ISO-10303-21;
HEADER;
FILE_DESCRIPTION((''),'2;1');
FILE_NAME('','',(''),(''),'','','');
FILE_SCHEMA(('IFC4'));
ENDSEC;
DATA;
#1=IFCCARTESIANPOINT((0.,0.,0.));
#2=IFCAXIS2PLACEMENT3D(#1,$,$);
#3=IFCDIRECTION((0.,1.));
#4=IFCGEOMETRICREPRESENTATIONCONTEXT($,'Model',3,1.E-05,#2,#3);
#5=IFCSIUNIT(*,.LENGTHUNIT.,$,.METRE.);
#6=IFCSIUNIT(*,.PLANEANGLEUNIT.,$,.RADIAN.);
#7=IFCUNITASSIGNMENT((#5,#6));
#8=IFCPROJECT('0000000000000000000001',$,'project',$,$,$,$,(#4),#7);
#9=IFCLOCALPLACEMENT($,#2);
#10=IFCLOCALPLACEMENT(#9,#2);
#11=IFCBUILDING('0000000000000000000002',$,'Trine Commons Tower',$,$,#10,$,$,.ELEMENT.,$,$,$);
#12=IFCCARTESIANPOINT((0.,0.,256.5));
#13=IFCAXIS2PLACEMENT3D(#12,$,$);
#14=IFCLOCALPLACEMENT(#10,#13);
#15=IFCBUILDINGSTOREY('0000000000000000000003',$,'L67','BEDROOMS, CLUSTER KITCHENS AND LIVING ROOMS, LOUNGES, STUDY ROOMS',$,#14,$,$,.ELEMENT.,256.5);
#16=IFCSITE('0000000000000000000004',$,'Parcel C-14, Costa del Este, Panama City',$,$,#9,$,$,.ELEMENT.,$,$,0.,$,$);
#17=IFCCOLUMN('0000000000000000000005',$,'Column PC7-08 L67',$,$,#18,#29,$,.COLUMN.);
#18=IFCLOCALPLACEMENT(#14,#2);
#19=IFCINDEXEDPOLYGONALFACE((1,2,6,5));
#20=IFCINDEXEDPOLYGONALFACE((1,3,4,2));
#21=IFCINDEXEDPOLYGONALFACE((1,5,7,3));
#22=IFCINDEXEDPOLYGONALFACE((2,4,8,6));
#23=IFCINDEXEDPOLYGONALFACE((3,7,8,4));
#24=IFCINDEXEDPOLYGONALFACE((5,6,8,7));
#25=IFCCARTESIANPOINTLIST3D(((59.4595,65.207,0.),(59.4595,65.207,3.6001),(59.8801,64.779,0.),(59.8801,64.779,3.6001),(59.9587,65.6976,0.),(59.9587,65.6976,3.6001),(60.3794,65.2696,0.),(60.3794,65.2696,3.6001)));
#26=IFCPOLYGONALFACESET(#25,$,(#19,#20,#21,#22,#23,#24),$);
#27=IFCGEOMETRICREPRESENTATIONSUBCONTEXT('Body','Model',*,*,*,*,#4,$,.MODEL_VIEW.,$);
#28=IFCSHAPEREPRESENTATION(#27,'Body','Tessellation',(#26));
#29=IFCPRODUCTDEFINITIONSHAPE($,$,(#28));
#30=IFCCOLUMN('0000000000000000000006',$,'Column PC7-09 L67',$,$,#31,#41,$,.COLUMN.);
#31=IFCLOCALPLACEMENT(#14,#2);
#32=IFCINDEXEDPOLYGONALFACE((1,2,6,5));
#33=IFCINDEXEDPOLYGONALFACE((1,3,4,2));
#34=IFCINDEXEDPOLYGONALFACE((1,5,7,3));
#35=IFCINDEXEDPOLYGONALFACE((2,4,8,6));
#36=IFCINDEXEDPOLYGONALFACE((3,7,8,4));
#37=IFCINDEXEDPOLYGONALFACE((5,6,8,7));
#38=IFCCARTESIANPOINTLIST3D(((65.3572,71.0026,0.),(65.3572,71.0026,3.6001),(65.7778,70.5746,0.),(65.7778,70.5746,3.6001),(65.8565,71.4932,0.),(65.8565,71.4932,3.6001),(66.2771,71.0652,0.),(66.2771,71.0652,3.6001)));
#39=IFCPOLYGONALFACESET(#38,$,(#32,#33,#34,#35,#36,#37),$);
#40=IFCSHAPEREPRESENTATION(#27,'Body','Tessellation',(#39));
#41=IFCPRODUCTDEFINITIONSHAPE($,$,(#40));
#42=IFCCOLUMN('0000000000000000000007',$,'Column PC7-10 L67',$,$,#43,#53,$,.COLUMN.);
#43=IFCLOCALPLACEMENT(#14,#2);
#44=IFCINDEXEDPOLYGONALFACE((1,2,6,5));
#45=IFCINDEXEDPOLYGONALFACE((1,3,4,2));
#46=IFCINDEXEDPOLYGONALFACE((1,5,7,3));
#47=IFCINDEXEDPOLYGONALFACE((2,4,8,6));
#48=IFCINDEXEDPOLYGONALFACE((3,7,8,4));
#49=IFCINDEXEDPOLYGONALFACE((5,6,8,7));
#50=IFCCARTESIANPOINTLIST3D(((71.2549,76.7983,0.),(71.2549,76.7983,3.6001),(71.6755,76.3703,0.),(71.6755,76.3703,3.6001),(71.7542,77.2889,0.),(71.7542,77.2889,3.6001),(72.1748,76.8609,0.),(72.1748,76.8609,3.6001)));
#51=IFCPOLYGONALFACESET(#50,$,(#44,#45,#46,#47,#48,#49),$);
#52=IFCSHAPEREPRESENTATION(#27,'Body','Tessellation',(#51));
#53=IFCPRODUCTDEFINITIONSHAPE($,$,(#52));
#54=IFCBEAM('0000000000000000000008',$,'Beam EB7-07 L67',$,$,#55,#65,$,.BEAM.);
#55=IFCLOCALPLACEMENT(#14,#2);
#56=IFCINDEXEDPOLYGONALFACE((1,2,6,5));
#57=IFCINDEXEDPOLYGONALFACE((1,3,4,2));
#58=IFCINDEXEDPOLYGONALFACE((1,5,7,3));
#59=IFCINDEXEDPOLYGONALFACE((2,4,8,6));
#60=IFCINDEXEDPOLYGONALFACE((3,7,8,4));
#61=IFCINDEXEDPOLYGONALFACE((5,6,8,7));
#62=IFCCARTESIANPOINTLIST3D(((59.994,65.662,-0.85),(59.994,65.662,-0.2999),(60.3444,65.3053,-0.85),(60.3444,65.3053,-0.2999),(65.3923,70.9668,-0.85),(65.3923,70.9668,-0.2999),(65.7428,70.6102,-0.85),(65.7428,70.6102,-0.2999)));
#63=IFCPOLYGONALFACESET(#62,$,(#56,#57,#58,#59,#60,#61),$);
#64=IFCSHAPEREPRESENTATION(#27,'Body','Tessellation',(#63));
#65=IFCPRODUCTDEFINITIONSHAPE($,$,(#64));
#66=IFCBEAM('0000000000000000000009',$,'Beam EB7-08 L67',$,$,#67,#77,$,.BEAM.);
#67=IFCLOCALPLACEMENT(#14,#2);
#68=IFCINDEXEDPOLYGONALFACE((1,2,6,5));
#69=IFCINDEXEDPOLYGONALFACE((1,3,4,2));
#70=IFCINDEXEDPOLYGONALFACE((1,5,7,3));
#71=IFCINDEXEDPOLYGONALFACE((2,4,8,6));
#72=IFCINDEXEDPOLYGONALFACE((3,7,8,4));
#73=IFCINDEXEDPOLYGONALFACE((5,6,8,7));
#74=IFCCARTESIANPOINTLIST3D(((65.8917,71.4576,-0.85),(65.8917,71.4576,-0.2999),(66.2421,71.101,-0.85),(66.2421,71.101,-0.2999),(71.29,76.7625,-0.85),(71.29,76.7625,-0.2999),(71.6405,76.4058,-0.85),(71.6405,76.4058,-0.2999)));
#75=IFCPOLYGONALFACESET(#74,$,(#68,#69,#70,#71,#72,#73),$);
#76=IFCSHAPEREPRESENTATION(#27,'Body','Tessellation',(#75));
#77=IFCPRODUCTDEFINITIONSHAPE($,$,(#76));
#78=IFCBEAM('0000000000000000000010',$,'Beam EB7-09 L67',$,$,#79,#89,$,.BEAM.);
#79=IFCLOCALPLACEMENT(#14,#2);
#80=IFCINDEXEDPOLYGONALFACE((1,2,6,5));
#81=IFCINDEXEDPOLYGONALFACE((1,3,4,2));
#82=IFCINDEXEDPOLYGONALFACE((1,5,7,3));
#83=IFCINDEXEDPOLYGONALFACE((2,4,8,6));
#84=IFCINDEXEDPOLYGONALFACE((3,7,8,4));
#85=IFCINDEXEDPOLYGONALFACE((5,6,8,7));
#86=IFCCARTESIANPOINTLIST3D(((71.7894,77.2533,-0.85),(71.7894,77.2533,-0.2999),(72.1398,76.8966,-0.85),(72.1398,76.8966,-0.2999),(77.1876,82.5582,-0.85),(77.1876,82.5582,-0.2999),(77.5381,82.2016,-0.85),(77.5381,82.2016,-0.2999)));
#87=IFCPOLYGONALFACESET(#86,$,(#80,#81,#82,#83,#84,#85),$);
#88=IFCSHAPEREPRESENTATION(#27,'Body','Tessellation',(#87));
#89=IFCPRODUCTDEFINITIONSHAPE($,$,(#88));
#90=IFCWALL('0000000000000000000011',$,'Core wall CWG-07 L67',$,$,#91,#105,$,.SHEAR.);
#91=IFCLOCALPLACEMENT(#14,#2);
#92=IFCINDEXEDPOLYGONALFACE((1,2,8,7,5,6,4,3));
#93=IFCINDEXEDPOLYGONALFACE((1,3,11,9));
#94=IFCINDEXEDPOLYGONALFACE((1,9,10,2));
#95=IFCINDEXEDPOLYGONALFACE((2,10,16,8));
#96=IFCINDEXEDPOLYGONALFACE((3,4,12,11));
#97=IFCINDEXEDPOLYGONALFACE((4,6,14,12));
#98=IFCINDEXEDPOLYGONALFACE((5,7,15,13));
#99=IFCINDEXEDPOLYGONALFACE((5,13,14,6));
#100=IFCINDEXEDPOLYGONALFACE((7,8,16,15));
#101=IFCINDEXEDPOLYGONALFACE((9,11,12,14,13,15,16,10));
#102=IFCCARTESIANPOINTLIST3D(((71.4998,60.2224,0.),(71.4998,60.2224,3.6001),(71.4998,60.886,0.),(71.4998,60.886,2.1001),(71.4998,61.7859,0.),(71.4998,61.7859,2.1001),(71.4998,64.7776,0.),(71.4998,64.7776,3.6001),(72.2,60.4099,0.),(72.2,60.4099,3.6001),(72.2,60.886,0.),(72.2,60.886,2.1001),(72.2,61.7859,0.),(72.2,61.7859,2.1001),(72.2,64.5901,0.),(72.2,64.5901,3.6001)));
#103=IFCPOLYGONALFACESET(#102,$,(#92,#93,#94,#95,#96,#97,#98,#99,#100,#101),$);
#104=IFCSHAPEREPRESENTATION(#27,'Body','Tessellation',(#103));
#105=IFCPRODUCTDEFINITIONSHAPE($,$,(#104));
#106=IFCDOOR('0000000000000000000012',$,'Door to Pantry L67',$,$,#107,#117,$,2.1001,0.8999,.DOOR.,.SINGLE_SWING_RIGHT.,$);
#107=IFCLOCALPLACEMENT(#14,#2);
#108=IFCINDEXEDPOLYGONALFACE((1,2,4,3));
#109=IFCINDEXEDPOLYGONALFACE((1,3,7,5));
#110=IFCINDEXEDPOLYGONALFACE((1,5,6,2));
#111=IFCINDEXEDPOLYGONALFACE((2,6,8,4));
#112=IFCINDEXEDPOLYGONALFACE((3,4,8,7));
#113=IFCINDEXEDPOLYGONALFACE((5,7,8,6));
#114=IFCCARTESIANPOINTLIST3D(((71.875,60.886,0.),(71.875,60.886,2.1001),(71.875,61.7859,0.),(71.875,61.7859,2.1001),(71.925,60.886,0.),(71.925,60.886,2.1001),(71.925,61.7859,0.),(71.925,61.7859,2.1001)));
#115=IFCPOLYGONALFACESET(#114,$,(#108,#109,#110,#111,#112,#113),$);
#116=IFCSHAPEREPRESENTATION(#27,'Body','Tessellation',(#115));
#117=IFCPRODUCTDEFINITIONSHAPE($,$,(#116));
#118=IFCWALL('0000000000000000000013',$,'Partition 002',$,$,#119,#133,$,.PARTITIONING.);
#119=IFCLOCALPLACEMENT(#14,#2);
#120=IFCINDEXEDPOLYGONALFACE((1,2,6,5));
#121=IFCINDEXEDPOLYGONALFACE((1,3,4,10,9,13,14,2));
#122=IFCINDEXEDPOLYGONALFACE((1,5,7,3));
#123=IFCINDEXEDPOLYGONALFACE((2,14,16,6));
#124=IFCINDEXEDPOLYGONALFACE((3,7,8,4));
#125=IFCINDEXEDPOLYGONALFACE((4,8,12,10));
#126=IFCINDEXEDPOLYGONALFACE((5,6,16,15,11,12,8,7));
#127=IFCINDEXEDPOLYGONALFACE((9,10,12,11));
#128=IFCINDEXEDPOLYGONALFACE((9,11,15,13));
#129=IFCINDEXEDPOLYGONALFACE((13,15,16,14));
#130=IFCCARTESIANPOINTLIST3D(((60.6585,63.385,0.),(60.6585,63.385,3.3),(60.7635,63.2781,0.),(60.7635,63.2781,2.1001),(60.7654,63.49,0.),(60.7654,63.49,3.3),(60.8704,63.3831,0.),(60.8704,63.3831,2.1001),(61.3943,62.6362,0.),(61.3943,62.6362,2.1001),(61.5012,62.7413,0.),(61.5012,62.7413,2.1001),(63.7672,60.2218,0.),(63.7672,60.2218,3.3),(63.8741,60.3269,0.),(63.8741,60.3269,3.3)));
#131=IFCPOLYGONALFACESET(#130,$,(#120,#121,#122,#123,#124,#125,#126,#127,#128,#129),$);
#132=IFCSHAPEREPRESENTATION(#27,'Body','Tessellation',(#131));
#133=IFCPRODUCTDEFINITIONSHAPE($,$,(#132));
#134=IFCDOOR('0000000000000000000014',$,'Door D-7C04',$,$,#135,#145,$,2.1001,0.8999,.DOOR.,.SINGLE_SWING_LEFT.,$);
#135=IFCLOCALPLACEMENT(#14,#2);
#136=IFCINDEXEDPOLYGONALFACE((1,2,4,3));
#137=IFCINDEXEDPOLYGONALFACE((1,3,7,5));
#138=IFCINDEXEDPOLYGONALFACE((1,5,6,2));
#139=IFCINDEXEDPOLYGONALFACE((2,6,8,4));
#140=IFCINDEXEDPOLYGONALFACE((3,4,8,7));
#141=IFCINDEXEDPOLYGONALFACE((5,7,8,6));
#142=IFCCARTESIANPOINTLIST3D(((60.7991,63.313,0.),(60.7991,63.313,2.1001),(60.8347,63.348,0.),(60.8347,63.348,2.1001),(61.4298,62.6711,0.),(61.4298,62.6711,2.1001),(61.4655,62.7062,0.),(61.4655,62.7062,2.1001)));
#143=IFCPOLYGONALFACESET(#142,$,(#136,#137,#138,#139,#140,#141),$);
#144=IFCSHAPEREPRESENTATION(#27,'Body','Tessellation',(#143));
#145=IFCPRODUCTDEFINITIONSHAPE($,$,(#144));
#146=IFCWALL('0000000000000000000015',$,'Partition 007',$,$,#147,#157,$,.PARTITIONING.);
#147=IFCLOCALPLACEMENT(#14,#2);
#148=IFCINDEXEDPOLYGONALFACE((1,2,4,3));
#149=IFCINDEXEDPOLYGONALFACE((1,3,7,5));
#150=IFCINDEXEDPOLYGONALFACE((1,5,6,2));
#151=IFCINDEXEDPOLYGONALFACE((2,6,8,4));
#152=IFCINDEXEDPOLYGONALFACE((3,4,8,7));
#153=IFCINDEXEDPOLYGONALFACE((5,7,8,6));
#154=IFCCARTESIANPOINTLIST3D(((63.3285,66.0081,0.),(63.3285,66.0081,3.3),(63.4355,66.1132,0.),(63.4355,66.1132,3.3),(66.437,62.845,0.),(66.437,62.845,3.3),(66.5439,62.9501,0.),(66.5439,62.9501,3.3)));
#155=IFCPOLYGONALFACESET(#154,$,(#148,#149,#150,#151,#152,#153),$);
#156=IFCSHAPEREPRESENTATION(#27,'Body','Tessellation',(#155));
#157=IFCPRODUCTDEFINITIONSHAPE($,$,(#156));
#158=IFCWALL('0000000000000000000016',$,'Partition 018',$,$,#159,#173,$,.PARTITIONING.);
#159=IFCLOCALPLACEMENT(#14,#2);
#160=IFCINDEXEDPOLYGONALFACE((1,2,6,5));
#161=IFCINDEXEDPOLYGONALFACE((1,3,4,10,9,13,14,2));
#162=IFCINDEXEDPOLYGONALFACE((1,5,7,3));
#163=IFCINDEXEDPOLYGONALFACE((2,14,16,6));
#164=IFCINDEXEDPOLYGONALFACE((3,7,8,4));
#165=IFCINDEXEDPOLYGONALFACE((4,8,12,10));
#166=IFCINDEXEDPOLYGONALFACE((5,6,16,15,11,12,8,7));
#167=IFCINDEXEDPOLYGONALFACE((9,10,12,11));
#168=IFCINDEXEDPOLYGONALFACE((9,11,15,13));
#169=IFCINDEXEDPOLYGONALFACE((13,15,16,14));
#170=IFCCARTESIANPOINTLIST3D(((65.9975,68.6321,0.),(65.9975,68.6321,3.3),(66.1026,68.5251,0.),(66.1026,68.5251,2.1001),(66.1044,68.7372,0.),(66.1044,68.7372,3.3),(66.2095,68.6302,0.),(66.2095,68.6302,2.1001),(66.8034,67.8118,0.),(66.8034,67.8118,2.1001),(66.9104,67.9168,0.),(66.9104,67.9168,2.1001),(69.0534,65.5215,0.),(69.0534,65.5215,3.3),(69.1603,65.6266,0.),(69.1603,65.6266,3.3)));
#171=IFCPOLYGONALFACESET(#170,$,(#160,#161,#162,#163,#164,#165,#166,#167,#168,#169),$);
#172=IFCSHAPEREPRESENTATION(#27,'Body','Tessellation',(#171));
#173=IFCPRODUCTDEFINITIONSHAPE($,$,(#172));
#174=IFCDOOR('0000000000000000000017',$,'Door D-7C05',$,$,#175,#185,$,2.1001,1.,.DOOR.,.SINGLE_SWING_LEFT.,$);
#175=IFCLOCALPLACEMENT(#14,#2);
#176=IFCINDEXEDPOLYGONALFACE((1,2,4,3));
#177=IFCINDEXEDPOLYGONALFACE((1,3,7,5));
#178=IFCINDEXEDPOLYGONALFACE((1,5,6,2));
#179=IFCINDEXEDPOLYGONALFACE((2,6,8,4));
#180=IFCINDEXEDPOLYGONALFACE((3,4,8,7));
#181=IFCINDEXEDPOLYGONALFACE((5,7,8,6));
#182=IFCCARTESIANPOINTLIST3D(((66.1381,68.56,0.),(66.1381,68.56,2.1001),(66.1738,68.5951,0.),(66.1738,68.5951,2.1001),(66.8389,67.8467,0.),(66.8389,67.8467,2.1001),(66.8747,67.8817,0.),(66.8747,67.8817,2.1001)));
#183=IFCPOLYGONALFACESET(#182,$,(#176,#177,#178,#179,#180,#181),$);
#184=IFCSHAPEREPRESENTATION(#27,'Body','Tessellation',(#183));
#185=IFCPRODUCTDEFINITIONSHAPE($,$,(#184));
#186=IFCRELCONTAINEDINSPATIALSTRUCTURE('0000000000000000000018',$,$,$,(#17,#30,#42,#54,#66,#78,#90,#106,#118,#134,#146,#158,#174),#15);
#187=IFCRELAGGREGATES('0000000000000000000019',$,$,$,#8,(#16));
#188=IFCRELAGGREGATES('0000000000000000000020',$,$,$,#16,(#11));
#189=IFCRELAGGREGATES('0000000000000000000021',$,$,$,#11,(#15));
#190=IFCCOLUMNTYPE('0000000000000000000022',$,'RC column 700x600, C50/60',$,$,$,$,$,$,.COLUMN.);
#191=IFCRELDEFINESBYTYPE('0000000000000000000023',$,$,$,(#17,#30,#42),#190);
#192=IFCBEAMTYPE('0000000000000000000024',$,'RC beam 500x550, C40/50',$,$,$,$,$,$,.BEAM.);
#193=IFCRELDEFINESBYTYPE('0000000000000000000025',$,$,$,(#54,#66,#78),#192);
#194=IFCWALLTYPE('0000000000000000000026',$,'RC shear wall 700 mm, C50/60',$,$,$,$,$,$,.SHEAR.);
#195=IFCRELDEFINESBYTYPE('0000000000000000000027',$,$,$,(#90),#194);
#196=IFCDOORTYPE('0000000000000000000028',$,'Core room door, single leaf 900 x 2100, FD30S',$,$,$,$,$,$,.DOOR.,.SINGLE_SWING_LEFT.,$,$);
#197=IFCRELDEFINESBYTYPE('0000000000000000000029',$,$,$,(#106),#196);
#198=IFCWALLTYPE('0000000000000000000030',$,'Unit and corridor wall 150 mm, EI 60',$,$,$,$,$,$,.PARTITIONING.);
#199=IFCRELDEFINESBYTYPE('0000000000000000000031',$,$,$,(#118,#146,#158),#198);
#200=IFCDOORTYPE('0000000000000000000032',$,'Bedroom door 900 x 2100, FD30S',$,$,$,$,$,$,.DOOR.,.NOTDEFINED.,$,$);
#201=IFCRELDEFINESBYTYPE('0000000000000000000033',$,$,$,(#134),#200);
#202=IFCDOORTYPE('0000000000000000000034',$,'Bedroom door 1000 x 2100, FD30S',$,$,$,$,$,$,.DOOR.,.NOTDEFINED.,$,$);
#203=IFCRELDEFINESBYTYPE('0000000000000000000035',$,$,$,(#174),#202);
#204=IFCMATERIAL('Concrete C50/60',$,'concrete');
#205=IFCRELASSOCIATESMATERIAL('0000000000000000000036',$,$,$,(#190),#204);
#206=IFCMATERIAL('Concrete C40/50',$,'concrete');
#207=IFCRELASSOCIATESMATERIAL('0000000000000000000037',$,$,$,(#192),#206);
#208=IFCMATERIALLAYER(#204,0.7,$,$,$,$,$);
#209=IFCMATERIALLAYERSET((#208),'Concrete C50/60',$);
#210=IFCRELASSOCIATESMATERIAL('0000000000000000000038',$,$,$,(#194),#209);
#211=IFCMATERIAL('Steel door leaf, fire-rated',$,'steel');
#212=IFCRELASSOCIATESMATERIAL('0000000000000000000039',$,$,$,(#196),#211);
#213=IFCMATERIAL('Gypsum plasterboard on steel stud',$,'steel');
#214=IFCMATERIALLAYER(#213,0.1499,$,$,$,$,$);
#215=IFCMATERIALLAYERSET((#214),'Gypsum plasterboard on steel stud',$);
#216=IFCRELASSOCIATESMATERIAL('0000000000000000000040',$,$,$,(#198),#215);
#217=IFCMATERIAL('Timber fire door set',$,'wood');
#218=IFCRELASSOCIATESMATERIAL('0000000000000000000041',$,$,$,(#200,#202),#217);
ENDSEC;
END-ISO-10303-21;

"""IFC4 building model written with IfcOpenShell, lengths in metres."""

from ifc_helpers import new_model, si_unit, direction, frame, frame_2d, origin, origin_2d, place, context, subcontext, project, spatial, polyline, rectangle, outline, extrude, material, layer, layer_set, material_profile, profile_set, type_object, element, fill, save


model = new_model("IFC4")

# Units and contexts
model_context = context("Model", 3, precision=1e-05, world=origin(), true_north=direction((0.0, 1.0)))
body_context = subcontext(model_context, "Body", "Model", "MODEL_VIEW")
ifc_project = project(units=[si_unit("LENGTHUNIT", "METRE"), si_unit("PLANEANGLEUNIT", "RADIAN")], contexts=[model_context])

# Site, building, storey
site_placement = place(None, origin())
site = spatial("IfcSite", under=ifc_project, at=site_placement, Name="Parcel C-14, Costa del Este, Panama City", CompositionType="ELEMENT", RefElevation=0.0)
building_placement = place(site_placement, origin())
building = spatial("IfcBuilding", under=site, at=building_placement, Name="Trine Commons Tower", CompositionType="ELEMENT")
storey_placement = place(building_placement, frame((0.0, 0.0, 256.5)))
storey = spatial("IfcBuildingStorey", under=building, at=storey_placement, Name="L67", Description="BEDROOMS, CLUSTER KITCHENS AND LIVING ROOMS, LOUNGES, STUDY ROOMS", CompositionType="ELEMENT", Elevation=256.5)

# Columns
ifc_material_1 = material(Name="Concrete C50/60", Category="concrete")
ifc_material_profile_1 = material_profile(ifc_material_1, rectangle(XDim=0.7, YDim=0.6001, at=origin_2d()), Name="RC 700x600")
ifc_profile_set_1 = profile_set([ifc_material_profile_1], Name="Concrete C50/60")
column_type = type_object("IfcColumnType", Name="RC column 700x600, C50/60", PredefinedType="COLUMN", material=ifc_profile_set_1)
for number, where, z_axis, x_axis, name in (
    (1, (59.9194, 65.2383, 0.0), (0.0, 0.0, 1.0), (0.71325, 0.700909, 0.0), "Column PC7-08 L67"),
    (2, (65.8171, 71.0339, 0.0), (0.0, 0.0, 1.0), (0.71325, 0.700909, 0.0), "Column PC7-09 L67"),
    (3, (71.7148, 76.8296, 0.0), (0.0, 0.0, 1.0), (0.71325, 0.700909, 0.0), "Column PC7-10 L67"),
):
    element("IfcColumn", number, at=place(storey_placement, frame(where, z_axis=z_axis, x_axis=x_axis)), inside=storey, type_object=column_type, Name=name, PredefinedType="COLUMN", context=body_context, shape_type="SweptSolid", body=[
        extrude(rectangle(XDim=0.7, YDim=0.6001, at=origin_2d()), origin(), (0.0, 0.0, 1.0), 3.6001),
    ])

# Beams
ifc_material_2 = material(Name="Concrete C40/50", Category="concrete")
ifc_material_profile_2 = material_profile(ifc_material_2, rectangle(XDim=0.5, YDim=0.55, at=origin_2d()), Name="RC 500x550")
ifc_profile_set_2 = profile_set([ifc_material_profile_2], Name="Concrete C40/50")
beam_type = type_object("IfcBeamType", Name="RC beam 500x550, C40/50", PredefinedType="BEAM", material=ifc_profile_set_2)
for number, where, z_axis, x_axis, name in (
    (4, (60.1692, 65.4836, -0.575), (0.713257, 0.700903, 0.0), (-0.700903, 0.713257, 0.0), "Beam EB7-07 L67"),
    (5, (66.0669, 71.2793, -0.575), (0.713257, 0.700903, 0.0), (-0.700903, 0.713257, 0.0), "Beam EB7-08 L67"),
    (6, (71.9646, 77.075, -0.575), (0.713241, 0.700919, 0.0), (-0.700919, 0.713241, 0.0), "Beam EB7-09 L67"),
):
    element("IfcBeam", number, at=place(storey_placement, frame(where, z_axis=z_axis, x_axis=x_axis)), inside=storey, type_object=beam_type, Name=name, PredefinedType="BEAM", context=body_context, shape_type="SweptSolid", body=[
        extrude(rectangle(XDim=0.5, YDim=0.55, at=origin_2d()), origin(), (0.0, 0.0, 1.0), 7.5686),
    ])

# Walls, openings, doors
ifc_layer_1 = layer(ifc_material_1, 0.7)
ifc_layer_set_1 = layer_set([ifc_layer_1], Name="Concrete C50/60")
wall_type_1 = type_object("IfcWallType", Name="RC shear wall 700 mm, C50/60", PredefinedType="SHEAR", material=ifc_layer_set_1)
wall_1_placement = place(storey_placement, frame((71.8499, 64.7776, 0.0), z_axis=(0.0, 0.0, 1.0), x_axis=(0.0, -1.0, 0.0)))
wall_1 = element("IfcWall", 7, at=wall_1_placement, inside=storey, type_object=wall_type_1, Name="Core wall CWG-07 L67", PredefinedType="SHEAR", context=body_context, shape_type="SweptSolid", body=[
    extrude(outline(polyline([(0.0, -0.3501), (4.5552, -0.3501), (4.3677, 0.3501), (0.1875, 0.3501), (0.0, -0.3501)])), origin(), (0.0, 0.0, 1.0), 3.6001),
])
opening_1_placement = place(wall_1_placement, frame((2.9917, 0.0, 0.0)))
opening_1 = element("IfcOpeningElement", 8, at=opening_1_placement, cuts=wall_1, PredefinedType="OPENING", context=body_context, shape_type="SweptSolid", body=[
    extrude(rectangle(XDim=0.8999, YDim=2.1001, at=frame_2d((0.45, 1.05))), frame((0.0, 0.3599, 0.0), z_axis=(0.0, -1.0, 0.0), x_axis=(1.0, 0.0, 0.0)), (0.0, 0.0, 1.0), 0.72),
])
ifc_material_3 = material(Name="Steel door leaf, fire-rated", Category="steel")
door_type_1 = type_object("IfcDoorType", Name="Core room door, single leaf 900 x 2100, FD30S", OperationType="SINGLE_SWING_LEFT", PredefinedType="DOOR", material=ifc_material_3)
door_1_placement = place(opening_1_placement, origin())
door_1 = element("IfcDoor", 9, at=door_1_placement, inside=storey, type_object=door_type_1, Name="Door to Pantry L67", OperationType="SINGLE_SWING_RIGHT", OverallHeight=2.1001, OverallWidth=0.8999, PredefinedType="DOOR", context=body_context, shape_type="SweptSolid", body=[
    extrude(rectangle(XDim=0.8999, YDim=2.1001, at=frame_2d((0.45, 1.05))), frame((0.0, 0.0752, 0.0), z_axis=(0.0, -1.0, 0.0), x_axis=(1.0, 0.0, 0.0)), (0.0, 0.0, 1.0), 0.05),
])
fill(opening_1, door_1)
ifc_material_4 = material(Name="Gypsum plasterboard on steel stud", Category="steel")
ifc_layer_2 = layer(ifc_material_4, 0.1499)
ifc_layer_set_2 = layer_set([ifc_layer_2], Name="Gypsum plasterboard on steel stud")
wall_type_2 = type_object("IfcWallType", Name="Unit and corridor wall 150 mm, EI 60", PredefinedType="PARTITIONING", material=ifc_layer_set_2)
wall_2_placement = place(storey_placement, frame((60.7119, 63.4375, 0.0), z_axis=(0.0, 0.0, 1.0), x_axis=(0.700942, -0.713218, 0.0)))
wall_2 = element("IfcWall", 10, at=wall_2_placement, inside=storey, type_object=wall_type_2, Name="Partition 002", PredefinedType="PARTITIONING", context=body_context, shape_type="SweptSolid", body=[
    extrude(rectangle(XDim=4.4351, YDim=0.1499, at=frame_2d((2.2175, 0.0))), origin(), (0.0, 0.0, 1.0), 3.3),
])
opening_2_placement = place(wall_2_placement, frame((0.1499, 0.0, 0.0)))
opening_2 = element("IfcOpeningElement", 11, at=opening_2_placement, cuts=wall_2, PredefinedType="OPENING", context=body_context, shape_type="SweptSolid", body=[
    extrude(rectangle(XDim=0.8999, YDim=2.1001, at=frame_2d((0.45, 1.05))), frame((0.0, 0.085, 0.0), z_axis=(0.0, -1.0, 0.0), x_axis=(1.0, 0.0, 0.0)), (0.0, 0.0, 1.0), 0.1699),
])
ifc_material_5 = material(Name="Timber fire door set", Category="wood")
door_type_2 = type_object("IfcDoorType", Name="Bedroom door 900 x 2100, FD30S", OperationType="NOTDEFINED", PredefinedType="DOOR", material=ifc_material_5)
door_2_placement = place(opening_2_placement, origin())
door_2 = element("IfcDoor", 12, at=door_2_placement, inside=storey, type_object=door_type_2, Name="Door D-7C04", OperationType="SINGLE_SWING_LEFT", OverallHeight=2.1001, OverallWidth=0.8999, PredefinedType="DOOR", context=body_context, shape_type="SweptSolid", body=[
    extrude(rectangle(XDim=0.8999, YDim=2.1001, at=frame_2d((0.45, 1.05))), frame((0.0, 0.0249, 0.0), z_axis=(0.0, -1.0, 0.0), x_axis=(1.0, 0.0, 0.0)), (0.0, 0.0, 1.0), 0.05),
])
fill(opening_2, door_2)

# Wall
wall_3_placement = place(storey_placement, frame((63.3821, 66.0605, 0.0), z_axis=(0.0, 0.0, 1.0), x_axis=(0.700914, -0.713246, 0.0)))
element("IfcWall", 13, at=wall_3_placement, inside=storey, type_object=wall_type_2, Name="Partition 007", PredefinedType="PARTITIONING", context=body_context, shape_type="SweptSolid", body=[
    extrude(rectangle(XDim=4.4348, YDim=0.1499, at=frame_2d((2.2173, 0.0))), origin(), (0.0, 0.0, 1.0), 3.3),
])

# Wall, opening, door
wall_4_placement = place(storey_placement, frame((66.051, 68.6846, 0.0), z_axis=(0.0, 0.0, 1.0), x_axis=(0.700808, -0.71335, 0.0)))
wall_4 = element("IfcWall", 14, at=wall_4_placement, inside=storey, type_object=wall_type_2, Name="Partition 018", PredefinedType="PARTITIONING", context=body_context, shape_type="SweptSolid", body=[
    extrude(rectangle(XDim=4.3606, YDim=0.1499, at=frame_2d((2.1802, 0.0))), origin(), (0.0, 0.0, 1.0), 3.3),
])
opening_3_placement = place(wall_4_placement, frame((0.1499, 0.0, 0.0)))
opening_3 = element("IfcOpeningElement", 15, at=opening_3_placement, cuts=wall_4, PredefinedType="OPENING", context=body_context, shape_type="SweptSolid", body=[
    extrude(rectangle(XDim=1.0, YDim=2.1001, at=frame_2d((0.5, 1.05))), frame((0.0, 0.085, 0.0), z_axis=(0.0, -1.0, 0.0), x_axis=(1.0, 0.0, 0.0)), (0.0, 0.0, 1.0), 0.1699),
])
door_type_3 = type_object("IfcDoorType", Name="Bedroom door 1000 x 2100, FD30S", OperationType="NOTDEFINED", PredefinedType="DOOR", material=ifc_material_5)
door_3_placement = place(opening_3_placement, origin())
door_3 = element("IfcDoor", 16, at=door_3_placement, inside=storey, type_object=door_type_3, Name="Door D-7C05", OperationType="SINGLE_SWING_LEFT", OverallHeight=2.1001, OverallWidth=1.0, PredefinedType="DOOR", context=body_context, shape_type="SweptSolid", body=[
    extrude(rectangle(XDim=1.0, YDim=2.1001, at=frame_2d((0.5, 1.05))), frame((0.0, 0.0249, 0.0), z_axis=(0.0, -1.0, 0.0), x_axis=(1.0, 0.0, 0.0)), (0.0, 0.0, 1.0), 0.05),
])
fill(opening_3, door_3)

save(model, "model.ifc")
